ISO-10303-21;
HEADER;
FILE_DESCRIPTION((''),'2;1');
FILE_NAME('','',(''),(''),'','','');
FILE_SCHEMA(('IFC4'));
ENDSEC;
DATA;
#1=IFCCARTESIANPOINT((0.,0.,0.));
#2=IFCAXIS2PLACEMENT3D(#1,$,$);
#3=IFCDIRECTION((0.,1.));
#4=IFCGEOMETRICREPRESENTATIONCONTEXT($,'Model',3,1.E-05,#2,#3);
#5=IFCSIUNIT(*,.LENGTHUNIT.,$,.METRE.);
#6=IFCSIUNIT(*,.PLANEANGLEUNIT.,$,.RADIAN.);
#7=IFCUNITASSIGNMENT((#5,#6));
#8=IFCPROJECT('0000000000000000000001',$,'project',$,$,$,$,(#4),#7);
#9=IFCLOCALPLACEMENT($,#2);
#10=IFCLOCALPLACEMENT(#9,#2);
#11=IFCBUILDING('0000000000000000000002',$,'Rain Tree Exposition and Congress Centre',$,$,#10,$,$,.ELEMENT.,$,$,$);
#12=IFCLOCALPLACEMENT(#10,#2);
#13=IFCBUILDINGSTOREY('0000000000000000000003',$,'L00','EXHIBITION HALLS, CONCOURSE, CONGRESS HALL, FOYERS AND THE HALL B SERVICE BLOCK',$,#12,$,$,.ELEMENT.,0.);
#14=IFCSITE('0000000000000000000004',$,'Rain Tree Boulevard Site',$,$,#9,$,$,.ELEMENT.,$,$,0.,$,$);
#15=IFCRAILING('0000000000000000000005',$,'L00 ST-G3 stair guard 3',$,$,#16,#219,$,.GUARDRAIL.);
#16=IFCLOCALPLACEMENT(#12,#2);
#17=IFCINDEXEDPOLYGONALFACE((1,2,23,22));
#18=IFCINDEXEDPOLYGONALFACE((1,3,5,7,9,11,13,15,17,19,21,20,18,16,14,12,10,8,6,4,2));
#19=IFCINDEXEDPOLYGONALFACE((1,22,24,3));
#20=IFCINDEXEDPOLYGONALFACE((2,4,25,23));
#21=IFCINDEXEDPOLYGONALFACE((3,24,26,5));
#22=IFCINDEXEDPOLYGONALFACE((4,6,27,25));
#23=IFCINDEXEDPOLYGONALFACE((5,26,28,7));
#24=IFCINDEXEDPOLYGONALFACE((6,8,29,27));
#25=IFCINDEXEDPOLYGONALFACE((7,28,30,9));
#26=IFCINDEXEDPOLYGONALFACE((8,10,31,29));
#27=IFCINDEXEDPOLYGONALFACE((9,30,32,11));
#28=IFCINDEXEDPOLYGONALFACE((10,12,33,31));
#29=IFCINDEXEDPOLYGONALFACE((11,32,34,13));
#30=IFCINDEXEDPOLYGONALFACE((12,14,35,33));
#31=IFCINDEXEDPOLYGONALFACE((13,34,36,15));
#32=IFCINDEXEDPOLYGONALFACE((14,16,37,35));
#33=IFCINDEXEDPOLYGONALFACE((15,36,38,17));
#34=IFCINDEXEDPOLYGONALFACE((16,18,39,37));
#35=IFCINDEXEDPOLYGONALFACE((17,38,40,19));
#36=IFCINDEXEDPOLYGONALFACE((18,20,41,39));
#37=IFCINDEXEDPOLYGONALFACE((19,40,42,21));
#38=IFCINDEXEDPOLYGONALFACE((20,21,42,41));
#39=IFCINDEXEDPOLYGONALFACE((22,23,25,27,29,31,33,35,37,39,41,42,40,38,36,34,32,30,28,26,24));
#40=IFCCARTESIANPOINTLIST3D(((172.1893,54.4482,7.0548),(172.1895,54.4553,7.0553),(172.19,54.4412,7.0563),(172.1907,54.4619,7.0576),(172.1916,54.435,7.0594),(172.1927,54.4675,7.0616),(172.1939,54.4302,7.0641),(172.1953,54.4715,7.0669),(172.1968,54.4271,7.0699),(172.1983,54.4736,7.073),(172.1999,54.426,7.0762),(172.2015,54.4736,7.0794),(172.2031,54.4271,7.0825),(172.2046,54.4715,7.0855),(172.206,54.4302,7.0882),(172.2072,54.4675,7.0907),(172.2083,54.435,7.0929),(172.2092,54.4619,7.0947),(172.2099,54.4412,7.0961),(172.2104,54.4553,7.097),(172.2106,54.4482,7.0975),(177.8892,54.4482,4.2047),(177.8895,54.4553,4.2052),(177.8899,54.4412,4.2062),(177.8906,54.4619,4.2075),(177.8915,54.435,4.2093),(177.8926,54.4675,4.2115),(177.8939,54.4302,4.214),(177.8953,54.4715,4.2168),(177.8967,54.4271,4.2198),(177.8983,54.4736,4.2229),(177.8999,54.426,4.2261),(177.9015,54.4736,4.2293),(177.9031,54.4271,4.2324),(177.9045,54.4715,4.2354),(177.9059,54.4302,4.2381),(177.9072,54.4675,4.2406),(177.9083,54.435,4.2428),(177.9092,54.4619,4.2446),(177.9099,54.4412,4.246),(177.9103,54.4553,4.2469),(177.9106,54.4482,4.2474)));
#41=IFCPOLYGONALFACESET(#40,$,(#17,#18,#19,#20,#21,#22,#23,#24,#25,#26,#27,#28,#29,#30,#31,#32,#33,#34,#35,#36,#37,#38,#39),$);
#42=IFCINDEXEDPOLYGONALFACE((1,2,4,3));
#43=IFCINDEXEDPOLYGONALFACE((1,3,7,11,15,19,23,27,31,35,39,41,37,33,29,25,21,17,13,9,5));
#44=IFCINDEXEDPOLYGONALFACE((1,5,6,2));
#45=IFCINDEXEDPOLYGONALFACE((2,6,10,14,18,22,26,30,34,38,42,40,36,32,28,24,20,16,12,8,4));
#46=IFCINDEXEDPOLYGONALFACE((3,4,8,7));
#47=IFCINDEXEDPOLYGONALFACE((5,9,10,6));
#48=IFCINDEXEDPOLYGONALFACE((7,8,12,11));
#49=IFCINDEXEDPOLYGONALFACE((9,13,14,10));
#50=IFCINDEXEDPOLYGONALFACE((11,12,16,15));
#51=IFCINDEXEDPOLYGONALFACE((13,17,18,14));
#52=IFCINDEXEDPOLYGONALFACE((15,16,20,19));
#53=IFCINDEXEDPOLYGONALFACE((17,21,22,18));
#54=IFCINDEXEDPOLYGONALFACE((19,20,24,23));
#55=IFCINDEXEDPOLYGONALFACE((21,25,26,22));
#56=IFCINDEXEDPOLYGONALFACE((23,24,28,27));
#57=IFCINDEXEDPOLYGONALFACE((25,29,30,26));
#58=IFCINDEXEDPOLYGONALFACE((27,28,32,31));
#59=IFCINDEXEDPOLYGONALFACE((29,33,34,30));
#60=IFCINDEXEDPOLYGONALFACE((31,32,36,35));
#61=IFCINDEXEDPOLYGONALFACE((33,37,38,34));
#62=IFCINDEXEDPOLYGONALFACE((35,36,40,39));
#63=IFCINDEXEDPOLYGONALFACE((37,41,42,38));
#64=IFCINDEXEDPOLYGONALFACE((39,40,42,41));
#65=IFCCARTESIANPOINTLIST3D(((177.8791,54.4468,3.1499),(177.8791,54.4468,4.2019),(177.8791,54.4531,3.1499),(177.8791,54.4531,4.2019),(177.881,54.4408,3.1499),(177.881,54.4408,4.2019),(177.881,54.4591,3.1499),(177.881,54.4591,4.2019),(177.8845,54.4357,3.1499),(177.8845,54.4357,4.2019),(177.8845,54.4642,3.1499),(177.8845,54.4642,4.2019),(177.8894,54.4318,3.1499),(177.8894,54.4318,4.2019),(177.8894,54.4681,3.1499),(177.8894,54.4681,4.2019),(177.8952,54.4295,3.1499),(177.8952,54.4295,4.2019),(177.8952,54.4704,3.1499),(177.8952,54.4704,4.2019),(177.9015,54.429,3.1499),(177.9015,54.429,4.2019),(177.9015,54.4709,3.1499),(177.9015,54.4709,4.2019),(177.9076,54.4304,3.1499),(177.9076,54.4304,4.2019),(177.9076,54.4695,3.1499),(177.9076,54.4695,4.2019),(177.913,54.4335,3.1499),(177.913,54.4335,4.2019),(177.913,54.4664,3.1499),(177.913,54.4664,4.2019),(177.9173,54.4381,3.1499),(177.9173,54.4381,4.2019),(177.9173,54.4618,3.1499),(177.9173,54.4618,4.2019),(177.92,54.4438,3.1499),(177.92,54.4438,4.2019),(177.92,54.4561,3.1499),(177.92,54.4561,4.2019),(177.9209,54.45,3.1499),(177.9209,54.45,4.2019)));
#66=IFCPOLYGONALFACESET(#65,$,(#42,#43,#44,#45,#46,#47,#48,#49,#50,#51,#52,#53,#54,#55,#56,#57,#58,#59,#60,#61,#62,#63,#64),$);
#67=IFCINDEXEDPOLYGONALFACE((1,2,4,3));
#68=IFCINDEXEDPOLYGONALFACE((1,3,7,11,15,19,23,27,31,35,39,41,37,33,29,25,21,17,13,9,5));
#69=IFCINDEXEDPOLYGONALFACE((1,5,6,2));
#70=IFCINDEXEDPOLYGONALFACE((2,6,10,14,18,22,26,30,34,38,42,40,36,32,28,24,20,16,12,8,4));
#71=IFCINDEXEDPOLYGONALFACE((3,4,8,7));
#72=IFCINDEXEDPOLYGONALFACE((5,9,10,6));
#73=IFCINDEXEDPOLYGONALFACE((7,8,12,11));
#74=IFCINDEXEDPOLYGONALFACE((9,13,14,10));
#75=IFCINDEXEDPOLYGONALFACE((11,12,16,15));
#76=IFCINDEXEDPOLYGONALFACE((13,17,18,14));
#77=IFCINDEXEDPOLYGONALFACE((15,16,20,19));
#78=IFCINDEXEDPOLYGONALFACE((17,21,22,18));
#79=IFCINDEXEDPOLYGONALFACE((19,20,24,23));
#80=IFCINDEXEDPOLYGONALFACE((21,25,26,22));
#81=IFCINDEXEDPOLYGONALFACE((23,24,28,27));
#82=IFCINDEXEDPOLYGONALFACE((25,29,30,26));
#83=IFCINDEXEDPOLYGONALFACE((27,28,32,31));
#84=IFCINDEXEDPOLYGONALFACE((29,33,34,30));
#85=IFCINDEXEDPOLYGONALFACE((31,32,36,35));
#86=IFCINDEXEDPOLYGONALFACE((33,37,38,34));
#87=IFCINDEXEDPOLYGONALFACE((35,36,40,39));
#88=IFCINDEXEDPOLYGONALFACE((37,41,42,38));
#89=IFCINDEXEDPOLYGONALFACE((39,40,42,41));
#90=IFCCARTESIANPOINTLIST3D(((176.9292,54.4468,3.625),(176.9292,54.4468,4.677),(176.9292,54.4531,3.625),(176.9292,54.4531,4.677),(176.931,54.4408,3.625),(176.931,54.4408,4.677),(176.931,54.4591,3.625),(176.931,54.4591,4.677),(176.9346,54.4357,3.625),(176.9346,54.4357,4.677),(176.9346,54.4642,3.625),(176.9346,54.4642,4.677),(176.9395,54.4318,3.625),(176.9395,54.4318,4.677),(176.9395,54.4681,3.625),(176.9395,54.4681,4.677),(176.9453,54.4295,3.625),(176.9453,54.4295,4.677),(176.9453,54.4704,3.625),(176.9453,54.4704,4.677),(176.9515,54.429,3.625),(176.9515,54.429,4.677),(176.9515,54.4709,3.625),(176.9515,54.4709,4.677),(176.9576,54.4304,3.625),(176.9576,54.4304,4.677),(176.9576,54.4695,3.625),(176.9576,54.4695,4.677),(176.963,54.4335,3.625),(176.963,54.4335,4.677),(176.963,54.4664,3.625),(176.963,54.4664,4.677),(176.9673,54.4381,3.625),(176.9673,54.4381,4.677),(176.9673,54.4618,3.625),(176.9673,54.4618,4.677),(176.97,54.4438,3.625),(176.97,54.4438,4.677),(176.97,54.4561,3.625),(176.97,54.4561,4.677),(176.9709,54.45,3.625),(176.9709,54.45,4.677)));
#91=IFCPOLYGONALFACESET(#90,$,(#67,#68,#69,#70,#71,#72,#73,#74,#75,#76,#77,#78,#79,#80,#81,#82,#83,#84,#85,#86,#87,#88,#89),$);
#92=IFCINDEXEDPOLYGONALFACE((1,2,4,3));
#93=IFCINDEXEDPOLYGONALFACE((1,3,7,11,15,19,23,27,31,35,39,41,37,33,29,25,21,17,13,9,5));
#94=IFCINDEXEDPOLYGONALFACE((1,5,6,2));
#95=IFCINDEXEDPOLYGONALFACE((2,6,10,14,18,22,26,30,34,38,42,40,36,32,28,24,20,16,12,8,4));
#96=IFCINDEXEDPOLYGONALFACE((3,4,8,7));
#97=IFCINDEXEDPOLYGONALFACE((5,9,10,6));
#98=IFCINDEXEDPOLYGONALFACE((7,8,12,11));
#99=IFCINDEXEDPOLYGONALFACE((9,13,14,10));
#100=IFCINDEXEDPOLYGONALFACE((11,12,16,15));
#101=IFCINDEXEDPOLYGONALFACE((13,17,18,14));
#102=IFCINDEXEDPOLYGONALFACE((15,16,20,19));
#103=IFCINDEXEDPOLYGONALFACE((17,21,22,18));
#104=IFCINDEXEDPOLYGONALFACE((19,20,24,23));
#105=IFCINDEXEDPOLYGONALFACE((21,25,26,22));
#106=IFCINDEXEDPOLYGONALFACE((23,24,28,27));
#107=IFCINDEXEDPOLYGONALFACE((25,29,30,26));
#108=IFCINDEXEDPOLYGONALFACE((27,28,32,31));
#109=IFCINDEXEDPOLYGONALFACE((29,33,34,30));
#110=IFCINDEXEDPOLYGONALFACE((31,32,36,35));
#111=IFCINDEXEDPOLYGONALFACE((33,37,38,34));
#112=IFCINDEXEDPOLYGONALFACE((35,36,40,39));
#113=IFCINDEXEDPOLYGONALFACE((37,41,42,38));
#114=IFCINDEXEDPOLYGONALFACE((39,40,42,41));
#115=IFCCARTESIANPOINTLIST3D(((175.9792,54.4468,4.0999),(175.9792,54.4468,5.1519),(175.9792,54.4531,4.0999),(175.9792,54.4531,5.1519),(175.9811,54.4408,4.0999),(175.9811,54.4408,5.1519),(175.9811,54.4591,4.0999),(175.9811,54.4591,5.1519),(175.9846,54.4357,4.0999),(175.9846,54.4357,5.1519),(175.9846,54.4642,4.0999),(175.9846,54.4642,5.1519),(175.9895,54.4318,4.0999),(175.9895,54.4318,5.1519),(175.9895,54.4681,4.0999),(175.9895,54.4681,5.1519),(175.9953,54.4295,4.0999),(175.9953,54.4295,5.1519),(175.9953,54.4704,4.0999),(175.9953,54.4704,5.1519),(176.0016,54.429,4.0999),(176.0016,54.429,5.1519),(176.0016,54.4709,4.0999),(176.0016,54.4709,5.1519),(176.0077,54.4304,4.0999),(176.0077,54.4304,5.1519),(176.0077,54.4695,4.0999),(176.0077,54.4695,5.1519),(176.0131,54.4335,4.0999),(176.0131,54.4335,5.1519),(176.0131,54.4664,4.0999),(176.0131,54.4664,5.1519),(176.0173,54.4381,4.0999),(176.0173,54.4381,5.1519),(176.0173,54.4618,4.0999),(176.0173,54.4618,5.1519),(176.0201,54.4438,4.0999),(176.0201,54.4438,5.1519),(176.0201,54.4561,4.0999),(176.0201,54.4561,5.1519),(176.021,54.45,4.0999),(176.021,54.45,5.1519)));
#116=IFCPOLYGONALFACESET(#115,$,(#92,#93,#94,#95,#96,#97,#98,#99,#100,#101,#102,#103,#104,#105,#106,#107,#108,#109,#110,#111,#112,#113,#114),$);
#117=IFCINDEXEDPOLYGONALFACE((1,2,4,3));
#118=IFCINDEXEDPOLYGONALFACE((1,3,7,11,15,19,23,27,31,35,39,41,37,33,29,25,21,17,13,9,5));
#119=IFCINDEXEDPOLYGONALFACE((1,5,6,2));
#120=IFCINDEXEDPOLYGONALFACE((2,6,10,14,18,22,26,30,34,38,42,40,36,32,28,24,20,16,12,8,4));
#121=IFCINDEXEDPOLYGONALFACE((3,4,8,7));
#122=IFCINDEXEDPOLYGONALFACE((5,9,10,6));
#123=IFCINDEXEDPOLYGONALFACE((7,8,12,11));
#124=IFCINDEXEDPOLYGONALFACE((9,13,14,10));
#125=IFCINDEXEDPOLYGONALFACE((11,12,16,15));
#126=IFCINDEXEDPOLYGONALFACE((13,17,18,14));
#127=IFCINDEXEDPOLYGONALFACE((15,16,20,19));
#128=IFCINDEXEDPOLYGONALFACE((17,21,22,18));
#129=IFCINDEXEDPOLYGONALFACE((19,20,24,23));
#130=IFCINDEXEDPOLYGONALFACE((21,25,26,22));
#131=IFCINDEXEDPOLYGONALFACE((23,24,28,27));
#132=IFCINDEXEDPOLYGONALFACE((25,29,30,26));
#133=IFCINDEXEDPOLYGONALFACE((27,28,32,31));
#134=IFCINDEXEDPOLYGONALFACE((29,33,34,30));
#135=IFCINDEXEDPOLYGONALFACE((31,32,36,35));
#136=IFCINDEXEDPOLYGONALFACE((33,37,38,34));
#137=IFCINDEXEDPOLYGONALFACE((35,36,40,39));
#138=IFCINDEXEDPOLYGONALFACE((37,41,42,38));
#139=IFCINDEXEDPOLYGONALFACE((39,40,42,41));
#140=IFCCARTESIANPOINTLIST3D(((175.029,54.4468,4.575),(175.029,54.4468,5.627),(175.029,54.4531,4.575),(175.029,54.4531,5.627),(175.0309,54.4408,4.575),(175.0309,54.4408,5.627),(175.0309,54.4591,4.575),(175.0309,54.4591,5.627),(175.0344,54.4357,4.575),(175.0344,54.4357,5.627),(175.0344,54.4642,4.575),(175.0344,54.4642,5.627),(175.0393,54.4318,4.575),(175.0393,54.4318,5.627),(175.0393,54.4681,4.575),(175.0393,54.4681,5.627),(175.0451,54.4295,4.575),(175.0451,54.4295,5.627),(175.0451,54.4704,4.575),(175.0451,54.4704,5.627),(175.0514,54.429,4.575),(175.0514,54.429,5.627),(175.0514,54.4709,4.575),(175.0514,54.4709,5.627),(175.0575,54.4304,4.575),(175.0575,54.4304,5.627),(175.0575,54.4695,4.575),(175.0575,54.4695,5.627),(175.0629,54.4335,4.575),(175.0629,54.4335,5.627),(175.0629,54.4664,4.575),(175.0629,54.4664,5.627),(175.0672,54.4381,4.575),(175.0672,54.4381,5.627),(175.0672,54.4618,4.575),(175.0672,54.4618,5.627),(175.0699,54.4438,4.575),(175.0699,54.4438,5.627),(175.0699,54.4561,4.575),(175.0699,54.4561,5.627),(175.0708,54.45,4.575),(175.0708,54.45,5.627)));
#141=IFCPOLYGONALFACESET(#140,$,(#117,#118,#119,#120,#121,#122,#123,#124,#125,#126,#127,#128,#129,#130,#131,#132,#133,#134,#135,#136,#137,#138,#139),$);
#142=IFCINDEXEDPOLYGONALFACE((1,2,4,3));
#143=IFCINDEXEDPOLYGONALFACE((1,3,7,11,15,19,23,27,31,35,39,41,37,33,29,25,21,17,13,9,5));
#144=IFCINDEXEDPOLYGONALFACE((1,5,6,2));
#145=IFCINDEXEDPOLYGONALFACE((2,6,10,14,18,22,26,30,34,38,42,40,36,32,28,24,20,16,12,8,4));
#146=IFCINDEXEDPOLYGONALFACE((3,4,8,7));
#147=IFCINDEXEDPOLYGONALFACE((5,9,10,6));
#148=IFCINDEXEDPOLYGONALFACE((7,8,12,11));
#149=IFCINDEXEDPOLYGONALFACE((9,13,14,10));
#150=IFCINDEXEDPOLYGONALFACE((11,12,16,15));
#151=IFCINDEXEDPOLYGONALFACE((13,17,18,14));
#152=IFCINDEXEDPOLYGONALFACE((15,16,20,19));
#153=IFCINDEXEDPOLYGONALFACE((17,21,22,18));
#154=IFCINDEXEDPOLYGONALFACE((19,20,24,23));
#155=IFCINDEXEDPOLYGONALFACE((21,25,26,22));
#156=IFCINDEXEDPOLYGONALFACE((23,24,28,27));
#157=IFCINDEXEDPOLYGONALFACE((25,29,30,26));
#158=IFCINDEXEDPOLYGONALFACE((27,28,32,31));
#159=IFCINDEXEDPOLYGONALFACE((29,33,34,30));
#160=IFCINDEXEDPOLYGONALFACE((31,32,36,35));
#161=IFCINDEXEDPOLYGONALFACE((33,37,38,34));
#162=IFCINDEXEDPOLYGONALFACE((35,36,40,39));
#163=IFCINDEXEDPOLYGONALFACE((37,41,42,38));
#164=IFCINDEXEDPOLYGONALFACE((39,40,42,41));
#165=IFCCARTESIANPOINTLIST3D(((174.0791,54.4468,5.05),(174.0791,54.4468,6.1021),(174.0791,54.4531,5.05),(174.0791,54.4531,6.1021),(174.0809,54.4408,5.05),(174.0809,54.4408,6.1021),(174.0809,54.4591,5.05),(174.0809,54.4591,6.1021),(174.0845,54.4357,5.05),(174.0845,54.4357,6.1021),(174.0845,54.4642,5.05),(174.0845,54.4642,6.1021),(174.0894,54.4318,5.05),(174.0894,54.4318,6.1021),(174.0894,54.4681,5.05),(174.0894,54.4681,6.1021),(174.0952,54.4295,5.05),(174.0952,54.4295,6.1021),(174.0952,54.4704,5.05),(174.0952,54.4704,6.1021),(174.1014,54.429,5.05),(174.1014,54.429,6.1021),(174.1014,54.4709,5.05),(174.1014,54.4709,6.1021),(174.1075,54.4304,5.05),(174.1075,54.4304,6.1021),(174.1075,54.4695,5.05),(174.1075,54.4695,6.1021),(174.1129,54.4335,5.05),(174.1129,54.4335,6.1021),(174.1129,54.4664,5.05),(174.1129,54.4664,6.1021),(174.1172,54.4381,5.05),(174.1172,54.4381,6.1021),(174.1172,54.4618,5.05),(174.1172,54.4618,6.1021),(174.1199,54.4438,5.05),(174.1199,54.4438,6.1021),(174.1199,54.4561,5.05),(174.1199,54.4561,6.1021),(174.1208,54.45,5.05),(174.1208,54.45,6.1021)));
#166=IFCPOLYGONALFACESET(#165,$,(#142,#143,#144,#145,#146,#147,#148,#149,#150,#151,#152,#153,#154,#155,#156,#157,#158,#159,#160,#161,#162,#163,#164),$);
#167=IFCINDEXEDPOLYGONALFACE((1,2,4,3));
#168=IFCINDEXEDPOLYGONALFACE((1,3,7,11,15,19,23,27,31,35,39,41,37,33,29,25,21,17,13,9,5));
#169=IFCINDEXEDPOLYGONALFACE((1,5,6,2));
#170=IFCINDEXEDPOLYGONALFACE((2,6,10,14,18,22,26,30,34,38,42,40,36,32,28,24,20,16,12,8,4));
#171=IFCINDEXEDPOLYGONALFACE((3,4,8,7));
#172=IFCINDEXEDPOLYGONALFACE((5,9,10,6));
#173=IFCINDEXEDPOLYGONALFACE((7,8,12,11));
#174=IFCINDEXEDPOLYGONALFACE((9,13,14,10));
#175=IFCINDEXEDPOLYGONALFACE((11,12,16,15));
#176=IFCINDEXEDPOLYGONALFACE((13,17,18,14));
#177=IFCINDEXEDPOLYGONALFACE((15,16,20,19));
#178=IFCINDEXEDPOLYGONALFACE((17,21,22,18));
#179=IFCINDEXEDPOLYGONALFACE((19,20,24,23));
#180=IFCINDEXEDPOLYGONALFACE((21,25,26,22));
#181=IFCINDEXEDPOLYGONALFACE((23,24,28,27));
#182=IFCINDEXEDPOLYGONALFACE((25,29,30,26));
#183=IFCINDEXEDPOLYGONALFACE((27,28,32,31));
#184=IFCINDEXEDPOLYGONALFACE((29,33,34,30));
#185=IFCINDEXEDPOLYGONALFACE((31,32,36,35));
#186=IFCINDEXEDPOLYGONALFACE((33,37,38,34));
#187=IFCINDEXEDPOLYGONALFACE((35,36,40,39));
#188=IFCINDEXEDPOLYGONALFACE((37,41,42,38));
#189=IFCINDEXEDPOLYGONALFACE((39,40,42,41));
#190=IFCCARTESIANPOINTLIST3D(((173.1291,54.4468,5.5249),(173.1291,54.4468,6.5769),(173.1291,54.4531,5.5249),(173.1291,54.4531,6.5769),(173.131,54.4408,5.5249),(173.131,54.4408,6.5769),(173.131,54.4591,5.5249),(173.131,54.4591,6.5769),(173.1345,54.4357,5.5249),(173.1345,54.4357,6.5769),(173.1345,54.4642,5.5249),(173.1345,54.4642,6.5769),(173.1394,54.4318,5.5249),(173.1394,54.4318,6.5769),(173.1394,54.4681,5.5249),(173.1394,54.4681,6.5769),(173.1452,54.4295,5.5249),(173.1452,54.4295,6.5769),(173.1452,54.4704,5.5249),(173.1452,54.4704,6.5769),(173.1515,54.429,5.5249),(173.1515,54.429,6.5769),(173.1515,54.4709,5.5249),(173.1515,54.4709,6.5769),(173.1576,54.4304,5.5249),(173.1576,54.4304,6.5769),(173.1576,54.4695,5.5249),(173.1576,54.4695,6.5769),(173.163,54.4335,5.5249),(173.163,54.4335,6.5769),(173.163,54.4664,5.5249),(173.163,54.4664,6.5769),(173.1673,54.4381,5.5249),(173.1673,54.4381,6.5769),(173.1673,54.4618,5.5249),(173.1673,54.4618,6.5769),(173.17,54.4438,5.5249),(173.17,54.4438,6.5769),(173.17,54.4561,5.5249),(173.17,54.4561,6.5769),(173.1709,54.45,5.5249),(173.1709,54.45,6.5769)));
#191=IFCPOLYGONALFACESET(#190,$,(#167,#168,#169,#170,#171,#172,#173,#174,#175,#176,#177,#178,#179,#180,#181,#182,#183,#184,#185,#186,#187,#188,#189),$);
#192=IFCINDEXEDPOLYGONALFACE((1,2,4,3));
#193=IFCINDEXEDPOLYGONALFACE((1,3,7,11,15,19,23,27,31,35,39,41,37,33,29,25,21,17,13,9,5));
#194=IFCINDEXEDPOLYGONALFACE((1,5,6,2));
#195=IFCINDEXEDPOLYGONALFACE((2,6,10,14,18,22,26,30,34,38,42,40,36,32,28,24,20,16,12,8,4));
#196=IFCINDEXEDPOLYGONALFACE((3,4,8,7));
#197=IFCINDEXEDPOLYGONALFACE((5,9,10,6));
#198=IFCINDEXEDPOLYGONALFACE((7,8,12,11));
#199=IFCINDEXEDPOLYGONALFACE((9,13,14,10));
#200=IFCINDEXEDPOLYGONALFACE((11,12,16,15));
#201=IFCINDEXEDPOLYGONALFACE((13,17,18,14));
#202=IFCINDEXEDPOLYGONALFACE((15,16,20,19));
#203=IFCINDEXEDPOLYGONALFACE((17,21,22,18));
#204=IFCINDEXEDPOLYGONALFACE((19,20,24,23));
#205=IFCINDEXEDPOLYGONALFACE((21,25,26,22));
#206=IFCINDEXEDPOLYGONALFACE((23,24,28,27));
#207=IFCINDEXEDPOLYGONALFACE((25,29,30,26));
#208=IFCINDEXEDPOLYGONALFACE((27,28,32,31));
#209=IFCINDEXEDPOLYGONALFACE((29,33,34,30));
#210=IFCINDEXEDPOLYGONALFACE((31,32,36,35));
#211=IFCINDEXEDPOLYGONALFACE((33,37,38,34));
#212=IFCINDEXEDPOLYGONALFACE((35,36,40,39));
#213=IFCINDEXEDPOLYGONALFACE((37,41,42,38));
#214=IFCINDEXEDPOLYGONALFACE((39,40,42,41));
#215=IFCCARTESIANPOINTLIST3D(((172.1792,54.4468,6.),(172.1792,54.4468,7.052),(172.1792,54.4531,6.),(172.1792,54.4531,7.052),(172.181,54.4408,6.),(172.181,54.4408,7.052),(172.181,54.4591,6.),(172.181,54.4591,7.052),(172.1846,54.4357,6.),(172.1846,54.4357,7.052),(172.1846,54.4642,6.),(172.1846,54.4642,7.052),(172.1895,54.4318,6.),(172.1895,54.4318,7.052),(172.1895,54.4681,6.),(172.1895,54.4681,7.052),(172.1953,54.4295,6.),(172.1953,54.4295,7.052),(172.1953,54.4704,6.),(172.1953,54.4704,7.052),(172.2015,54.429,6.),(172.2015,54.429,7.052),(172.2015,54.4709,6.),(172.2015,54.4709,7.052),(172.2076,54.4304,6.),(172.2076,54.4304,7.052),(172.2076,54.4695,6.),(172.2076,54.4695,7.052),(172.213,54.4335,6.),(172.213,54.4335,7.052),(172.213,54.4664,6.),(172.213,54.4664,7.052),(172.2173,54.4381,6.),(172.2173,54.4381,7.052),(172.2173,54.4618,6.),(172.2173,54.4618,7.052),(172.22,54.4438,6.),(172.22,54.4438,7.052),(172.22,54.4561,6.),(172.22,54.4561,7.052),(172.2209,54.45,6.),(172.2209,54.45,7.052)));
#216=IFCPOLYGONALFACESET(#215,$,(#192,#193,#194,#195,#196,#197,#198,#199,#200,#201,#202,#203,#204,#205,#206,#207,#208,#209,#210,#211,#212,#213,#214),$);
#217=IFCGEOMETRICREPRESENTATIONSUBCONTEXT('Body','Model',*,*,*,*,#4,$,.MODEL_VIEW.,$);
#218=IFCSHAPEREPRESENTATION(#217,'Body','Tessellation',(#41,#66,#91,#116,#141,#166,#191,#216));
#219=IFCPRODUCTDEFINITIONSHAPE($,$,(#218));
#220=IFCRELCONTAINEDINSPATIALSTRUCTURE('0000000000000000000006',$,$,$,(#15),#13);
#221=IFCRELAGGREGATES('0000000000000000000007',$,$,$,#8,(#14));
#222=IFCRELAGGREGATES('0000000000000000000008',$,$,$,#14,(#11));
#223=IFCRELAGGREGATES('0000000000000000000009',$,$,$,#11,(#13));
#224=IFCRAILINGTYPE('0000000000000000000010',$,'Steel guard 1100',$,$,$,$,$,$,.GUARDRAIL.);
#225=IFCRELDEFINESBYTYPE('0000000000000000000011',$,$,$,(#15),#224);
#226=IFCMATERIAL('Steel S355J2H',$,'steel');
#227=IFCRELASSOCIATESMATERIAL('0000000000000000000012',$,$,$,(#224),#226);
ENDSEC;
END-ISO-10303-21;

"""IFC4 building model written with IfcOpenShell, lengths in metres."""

from ifc_helpers import new_model, si_unit, direction, frame, origin, origin_2d, place, context, subcontext, project, spatial, circle, extrude, material, type_object, element, save


model = new_model("IFC4")

# Units and contexts
model_context = context("Model", 3, precision=1e-05, world=origin(), true_north=direction((0.0, 1.0)))
body_context = subcontext(model_context, "Body", "Model", "MODEL_VIEW")
ifc_project = project(units=[si_unit("LENGTHUNIT", "METRE"), si_unit("PLANEANGLEUNIT", "RADIAN")], contexts=[model_context])

# Site, building, storey
site_placement = place(None, origin())
site = spatial("IfcSite", under=ifc_project, at=site_placement, Name="Rain Tree Boulevard Site", CompositionType="ELEMENT", RefElevation=0.0)
building_placement = place(site_placement, origin())
building = spatial("IfcBuilding", under=site, at=building_placement, Name="Rain Tree Exposition and Congress Centre", CompositionType="ELEMENT")
storey_placement = place(building_placement, origin())
storey = spatial("IfcBuildingStorey", under=building, at=storey_placement, Name="L00", Description="EXHIBITION HALLS, CONCOURSE, CONGRESS HALL, FOYERS AND THE HALL B SERVICE BLOCK", CompositionType="ELEMENT", Elevation=0.0)

# Railing
ifc_material_1 = material(Name="Steel S355J2H", Category="steel")
railing_type_1 = type_object("IfcRailingType", Name="Steel guard 1100", PredefinedType="GUARDRAIL", material=ifc_material_1)
railing_1_placement = place(storey_placement, frame((177.8999, 54.45, 3.1499)))
element("IfcRailing", 1, at=railing_1_placement, inside=storey, type_object=railing_type_1, Name="L00 ST-G3 stair guard 3", PredefinedType="GUARDRAIL", context=body_context, shape_type="SweptSolid", body=[
    extrude(circle(Radius=0.0239, at=origin_2d()), frame((0.0, 0.0, 1.0762), z_axis=(-0.89442, 0.0, 0.447229), x_axis=(0.0, -1.0, 0.0)), (0.0, 0.0, 1.0), 6.3728),
    extrude(circle(Radius=0.021, at=origin_2d()), origin(), (0.0, 0.0, 1.0), 1.052),
    extrude(circle(Radius=0.021, at=origin_2d()), frame((-0.95, 0.0, 0.4751)), (0.0, 0.0, 1.0), 1.052),
    extrude(circle(Radius=0.021, at=origin_2d()), frame((-1.8999, 0.0, 0.95)), (0.0, 0.0, 1.0), 1.052),
    extrude(circle(Radius=0.021, at=origin_2d()), frame((-2.8501, 0.0, 1.425)), (0.0, 0.0, 1.0), 1.052),
    extrude(circle(Radius=0.021, at=origin_2d()), frame((-3.8, 0.0, 1.9001)), (0.0, 0.0, 1.0), 1.052),
    extrude(circle(Radius=0.021, at=origin_2d()), frame((-4.75, 0.0, 2.375)), (0.0, 0.0, 1.0), 1.052),
    extrude(circle(Radius=0.021, at=origin_2d()), frame((-5.7, 0.0, 2.8501)), (0.0, 0.0, 1.0), 1.052),
])

save(model, "model.ifc")
